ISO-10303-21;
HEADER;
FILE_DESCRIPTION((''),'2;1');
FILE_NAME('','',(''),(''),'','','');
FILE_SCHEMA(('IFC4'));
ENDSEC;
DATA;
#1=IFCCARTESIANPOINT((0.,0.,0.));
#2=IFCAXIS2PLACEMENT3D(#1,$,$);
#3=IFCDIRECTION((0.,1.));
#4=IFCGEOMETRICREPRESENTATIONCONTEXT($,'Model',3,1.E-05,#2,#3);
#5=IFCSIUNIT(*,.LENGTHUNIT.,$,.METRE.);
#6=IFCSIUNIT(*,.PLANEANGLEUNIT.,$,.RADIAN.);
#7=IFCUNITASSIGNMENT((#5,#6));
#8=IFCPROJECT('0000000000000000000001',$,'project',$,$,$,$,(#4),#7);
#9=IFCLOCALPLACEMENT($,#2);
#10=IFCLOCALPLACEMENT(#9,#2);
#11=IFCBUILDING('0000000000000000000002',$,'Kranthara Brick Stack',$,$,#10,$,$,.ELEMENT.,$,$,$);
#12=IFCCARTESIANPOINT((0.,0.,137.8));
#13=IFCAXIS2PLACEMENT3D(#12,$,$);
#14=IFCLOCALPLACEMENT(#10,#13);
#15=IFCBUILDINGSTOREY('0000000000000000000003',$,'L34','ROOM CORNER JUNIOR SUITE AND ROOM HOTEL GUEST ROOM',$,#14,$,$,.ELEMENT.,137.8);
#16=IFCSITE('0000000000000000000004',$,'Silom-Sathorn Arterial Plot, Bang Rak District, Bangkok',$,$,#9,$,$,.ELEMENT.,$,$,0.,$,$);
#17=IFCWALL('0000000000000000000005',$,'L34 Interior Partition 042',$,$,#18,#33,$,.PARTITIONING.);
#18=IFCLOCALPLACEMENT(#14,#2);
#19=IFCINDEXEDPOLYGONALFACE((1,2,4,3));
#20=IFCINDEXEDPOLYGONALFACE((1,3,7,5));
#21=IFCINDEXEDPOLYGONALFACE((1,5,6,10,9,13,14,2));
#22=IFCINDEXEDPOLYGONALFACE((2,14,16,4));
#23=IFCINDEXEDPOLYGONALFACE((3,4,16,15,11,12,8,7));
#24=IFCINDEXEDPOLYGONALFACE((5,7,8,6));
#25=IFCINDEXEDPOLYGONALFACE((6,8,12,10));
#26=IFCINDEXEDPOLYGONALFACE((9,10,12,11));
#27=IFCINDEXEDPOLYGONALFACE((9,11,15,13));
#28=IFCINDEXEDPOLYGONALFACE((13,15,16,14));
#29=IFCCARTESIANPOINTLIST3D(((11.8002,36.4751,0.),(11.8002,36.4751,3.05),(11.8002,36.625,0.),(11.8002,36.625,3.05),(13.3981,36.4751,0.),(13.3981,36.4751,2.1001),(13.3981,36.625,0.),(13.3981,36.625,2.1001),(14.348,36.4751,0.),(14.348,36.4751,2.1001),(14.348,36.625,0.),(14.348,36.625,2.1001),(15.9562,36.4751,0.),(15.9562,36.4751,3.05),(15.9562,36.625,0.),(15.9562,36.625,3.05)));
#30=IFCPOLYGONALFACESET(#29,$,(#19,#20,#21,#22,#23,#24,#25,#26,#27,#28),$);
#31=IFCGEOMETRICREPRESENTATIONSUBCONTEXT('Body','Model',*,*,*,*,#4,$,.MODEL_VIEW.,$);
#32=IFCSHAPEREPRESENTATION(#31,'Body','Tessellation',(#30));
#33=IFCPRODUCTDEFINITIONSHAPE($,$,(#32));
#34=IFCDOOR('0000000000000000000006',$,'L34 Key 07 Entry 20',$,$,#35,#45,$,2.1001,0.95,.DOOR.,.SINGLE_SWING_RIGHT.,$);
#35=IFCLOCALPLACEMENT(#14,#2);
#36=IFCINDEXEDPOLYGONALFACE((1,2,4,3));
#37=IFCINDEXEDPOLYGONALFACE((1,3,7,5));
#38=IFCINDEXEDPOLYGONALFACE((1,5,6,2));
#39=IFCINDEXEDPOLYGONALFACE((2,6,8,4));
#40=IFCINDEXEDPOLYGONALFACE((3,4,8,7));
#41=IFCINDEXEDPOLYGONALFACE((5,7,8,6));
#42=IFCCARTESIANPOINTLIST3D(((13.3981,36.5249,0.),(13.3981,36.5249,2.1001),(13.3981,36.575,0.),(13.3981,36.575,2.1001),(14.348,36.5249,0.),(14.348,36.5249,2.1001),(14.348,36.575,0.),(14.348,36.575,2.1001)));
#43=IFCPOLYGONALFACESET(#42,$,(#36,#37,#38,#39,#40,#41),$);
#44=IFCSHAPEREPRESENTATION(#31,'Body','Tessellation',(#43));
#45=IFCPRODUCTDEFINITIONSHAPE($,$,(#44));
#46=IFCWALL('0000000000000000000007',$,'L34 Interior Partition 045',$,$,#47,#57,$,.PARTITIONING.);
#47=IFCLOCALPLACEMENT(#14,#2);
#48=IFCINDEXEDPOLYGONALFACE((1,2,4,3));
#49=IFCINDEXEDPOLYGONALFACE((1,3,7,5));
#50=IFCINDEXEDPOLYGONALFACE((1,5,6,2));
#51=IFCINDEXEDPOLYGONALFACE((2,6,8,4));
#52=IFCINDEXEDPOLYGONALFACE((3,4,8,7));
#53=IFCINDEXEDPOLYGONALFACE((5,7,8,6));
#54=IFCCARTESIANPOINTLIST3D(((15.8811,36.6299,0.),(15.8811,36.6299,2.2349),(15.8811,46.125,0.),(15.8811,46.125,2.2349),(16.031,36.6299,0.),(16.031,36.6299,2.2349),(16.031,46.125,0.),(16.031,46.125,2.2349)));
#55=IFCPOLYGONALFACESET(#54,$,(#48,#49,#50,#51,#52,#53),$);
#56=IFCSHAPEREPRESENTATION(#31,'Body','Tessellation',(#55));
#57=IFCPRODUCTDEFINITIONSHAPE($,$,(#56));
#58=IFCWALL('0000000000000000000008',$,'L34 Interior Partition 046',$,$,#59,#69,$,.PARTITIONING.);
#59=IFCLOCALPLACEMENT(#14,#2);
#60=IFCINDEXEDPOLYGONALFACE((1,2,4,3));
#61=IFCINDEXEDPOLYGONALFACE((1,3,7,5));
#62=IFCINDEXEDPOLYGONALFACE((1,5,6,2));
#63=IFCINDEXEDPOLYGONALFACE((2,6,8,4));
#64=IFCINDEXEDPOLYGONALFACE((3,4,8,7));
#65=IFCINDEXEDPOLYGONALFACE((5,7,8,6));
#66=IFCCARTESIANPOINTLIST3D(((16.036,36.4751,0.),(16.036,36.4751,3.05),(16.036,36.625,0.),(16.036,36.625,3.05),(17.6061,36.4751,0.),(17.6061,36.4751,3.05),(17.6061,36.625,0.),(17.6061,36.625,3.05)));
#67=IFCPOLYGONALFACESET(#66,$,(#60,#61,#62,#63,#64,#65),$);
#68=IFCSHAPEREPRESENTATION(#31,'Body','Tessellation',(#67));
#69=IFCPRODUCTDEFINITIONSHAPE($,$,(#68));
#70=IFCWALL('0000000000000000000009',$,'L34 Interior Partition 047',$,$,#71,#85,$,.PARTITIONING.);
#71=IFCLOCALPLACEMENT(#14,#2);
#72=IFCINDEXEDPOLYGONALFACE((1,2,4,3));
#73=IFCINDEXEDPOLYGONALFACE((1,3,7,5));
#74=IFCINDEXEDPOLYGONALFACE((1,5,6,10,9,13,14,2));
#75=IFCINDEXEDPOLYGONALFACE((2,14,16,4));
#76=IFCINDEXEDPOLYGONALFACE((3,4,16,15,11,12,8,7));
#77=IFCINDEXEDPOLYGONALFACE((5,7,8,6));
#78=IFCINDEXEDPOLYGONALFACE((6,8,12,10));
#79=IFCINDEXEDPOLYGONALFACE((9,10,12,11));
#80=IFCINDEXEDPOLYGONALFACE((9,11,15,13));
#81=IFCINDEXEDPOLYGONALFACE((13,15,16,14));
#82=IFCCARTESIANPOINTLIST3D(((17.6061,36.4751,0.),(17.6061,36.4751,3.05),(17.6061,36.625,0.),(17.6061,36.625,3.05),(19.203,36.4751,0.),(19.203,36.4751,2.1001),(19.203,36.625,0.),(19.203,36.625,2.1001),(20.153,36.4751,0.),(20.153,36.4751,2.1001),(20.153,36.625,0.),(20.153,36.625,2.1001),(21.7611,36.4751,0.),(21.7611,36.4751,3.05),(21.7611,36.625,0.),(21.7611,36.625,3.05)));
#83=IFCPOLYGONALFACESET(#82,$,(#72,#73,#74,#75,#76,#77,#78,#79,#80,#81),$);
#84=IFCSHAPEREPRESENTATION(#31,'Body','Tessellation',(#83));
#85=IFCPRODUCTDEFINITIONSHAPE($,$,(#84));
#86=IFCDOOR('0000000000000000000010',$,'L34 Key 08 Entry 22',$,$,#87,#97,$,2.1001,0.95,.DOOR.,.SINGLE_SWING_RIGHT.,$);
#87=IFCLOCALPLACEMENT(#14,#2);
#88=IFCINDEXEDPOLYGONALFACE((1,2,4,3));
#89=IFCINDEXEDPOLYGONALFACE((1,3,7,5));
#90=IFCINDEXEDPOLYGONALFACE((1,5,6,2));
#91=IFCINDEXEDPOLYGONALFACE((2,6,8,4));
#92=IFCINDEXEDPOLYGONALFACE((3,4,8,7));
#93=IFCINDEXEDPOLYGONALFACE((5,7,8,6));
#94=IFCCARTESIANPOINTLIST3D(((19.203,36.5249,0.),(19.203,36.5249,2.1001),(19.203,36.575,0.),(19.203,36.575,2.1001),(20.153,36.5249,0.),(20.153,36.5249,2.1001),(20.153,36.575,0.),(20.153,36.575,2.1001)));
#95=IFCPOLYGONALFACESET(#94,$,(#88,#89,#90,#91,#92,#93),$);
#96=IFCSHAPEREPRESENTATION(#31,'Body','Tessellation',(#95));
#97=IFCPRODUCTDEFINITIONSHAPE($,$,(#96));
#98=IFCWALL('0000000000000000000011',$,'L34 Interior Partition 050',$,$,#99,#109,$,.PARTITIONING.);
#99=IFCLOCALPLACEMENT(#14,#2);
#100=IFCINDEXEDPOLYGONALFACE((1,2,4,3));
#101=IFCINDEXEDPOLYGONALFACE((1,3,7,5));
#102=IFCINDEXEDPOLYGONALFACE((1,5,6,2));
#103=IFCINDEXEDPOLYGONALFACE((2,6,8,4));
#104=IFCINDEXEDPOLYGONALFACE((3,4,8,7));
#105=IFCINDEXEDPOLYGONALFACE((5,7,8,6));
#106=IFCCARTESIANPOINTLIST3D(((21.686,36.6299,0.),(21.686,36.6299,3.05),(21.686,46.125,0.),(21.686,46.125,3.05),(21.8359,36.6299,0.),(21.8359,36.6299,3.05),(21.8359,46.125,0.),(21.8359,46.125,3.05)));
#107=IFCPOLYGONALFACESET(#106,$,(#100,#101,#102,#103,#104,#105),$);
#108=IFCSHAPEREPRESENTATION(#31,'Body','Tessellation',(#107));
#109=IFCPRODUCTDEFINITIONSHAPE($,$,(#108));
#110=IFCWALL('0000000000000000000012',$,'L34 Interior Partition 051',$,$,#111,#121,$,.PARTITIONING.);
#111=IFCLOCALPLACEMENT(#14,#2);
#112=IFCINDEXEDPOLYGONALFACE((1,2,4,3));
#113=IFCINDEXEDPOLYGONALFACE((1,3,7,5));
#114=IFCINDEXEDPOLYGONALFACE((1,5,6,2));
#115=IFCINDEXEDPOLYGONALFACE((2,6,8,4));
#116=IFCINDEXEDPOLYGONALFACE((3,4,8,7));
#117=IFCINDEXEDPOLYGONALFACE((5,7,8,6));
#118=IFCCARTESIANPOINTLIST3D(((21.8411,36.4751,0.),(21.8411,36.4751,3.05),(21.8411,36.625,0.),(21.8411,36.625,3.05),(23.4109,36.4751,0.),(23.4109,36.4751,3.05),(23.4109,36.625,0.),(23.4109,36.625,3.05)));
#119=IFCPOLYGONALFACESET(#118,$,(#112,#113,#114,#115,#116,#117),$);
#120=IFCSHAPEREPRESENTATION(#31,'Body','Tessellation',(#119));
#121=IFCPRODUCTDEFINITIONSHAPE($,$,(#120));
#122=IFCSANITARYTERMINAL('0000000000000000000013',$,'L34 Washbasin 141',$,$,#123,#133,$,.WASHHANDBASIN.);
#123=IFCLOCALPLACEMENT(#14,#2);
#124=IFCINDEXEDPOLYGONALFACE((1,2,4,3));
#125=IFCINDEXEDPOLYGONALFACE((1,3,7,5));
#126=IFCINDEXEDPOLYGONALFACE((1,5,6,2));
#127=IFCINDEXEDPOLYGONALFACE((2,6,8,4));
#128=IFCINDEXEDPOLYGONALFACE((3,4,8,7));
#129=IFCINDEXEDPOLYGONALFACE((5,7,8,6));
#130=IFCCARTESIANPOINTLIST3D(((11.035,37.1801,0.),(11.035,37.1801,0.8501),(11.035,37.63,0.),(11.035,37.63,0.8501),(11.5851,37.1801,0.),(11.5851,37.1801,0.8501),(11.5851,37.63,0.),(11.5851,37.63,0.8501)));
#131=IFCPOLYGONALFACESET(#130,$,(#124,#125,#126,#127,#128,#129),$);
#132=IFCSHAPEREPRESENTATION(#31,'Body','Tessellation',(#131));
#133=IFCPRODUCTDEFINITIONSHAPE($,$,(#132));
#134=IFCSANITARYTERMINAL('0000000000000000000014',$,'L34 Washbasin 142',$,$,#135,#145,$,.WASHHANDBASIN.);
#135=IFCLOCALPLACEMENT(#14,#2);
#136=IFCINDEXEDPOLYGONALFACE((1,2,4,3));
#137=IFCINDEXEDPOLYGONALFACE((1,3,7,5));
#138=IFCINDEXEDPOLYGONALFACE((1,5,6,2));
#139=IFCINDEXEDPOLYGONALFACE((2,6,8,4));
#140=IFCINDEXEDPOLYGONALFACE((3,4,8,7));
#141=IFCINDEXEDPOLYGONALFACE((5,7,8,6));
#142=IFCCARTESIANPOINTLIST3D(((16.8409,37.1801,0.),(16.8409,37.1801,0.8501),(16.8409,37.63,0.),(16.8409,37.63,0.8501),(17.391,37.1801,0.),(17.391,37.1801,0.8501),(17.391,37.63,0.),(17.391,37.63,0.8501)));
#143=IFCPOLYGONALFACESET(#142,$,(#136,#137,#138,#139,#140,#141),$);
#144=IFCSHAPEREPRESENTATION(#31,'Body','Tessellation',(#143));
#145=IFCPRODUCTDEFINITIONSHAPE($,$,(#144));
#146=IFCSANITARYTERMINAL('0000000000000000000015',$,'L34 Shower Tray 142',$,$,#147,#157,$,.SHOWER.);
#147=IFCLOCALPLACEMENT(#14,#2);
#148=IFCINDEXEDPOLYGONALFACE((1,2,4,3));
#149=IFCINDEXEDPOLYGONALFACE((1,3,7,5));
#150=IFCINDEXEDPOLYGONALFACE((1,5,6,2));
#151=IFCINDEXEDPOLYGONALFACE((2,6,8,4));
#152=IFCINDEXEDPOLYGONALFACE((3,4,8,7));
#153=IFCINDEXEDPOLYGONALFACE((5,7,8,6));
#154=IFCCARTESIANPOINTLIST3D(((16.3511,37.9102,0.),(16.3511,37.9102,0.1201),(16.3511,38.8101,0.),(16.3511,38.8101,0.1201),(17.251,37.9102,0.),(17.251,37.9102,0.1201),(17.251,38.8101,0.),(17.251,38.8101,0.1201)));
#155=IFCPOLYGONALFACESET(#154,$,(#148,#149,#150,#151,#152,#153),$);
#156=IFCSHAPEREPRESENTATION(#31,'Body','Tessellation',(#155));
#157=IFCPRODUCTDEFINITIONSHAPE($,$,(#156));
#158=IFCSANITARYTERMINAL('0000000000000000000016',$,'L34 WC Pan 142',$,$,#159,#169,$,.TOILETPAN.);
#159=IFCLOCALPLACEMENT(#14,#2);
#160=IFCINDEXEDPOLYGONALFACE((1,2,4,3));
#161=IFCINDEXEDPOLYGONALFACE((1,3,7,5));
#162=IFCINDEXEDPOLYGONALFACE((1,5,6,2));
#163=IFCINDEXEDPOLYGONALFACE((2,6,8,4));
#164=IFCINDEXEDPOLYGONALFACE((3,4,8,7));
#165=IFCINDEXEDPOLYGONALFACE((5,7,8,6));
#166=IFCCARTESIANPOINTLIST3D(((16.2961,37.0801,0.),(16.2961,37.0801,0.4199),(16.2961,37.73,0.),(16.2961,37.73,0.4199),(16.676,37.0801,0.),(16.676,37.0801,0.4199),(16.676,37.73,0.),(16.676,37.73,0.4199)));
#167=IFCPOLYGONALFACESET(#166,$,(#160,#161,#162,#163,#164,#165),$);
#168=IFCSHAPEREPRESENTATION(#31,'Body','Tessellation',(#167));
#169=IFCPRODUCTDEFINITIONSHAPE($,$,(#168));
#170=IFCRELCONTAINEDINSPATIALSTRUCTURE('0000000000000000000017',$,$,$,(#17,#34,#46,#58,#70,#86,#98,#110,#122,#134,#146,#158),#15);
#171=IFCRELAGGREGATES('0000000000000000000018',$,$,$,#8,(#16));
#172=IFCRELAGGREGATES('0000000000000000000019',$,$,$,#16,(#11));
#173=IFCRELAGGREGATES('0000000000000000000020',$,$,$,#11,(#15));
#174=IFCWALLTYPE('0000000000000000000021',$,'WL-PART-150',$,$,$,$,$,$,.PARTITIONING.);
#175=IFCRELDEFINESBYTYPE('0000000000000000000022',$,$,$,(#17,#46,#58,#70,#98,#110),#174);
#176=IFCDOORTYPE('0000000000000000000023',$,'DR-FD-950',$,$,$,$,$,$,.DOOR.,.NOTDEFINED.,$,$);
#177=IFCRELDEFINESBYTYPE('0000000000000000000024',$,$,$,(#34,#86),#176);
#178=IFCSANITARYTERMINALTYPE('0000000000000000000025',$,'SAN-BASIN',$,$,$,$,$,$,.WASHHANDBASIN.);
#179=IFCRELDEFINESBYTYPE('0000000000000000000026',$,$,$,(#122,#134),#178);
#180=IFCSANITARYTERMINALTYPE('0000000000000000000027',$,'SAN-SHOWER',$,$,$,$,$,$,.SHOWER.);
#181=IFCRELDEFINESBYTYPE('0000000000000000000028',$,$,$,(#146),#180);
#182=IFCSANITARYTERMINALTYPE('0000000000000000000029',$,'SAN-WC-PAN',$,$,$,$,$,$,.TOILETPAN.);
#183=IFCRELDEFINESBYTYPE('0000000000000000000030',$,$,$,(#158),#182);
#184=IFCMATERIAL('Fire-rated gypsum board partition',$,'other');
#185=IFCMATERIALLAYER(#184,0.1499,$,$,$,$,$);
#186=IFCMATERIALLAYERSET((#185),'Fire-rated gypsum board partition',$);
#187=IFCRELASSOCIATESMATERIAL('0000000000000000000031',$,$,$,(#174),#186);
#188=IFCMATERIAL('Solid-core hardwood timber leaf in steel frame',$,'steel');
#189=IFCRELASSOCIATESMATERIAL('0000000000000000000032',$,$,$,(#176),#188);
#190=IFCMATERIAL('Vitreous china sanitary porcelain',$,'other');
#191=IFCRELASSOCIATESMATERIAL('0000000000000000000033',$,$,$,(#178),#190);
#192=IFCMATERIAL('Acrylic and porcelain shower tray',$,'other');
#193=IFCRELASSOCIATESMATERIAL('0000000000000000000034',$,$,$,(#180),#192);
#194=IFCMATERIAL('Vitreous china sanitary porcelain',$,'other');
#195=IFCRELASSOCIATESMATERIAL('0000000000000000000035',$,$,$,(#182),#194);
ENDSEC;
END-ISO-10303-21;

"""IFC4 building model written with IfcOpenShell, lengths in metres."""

from ifc_helpers import new_model, si_unit, direction, frame, frame_2d, origin, origin_2d, place, context, subcontext, project, spatial, rectangle, extrude, material, layer, layer_set, type_object, element, fill, save


model = new_model("IFC4")

# Units and contexts
model_context = context("Model", 3, precision=1e-05, world=origin(), true_north=direction((0.0, 1.0)))
body_context = subcontext(model_context, "Body", "Model", "MODEL_VIEW")
ifc_project = project(units=[si_unit("LENGTHUNIT", "METRE"), si_unit("PLANEANGLEUNIT", "RADIAN")], contexts=[model_context])

# Site, building, storey
site_placement = place(None, origin())
site = spatial("IfcSite", under=ifc_project, at=site_placement, Name="Silom-Sathorn Arterial Plot, Bang Rak District, Bangkok", CompositionType="ELEMENT", RefElevation=0.0)
building_placement = place(site_placement, origin())
building = spatial("IfcBuilding", under=site, at=building_placement, Name="Kranthara Brick Stack", CompositionType="ELEMENT")
storey_placement = place(building_placement, frame((0.0, 0.0, 137.8)))
storey = spatial("IfcBuildingStorey", under=building, at=storey_placement, Name="L34", Description="ROOM CORNER JUNIOR SUITE AND ROOM HOTEL GUEST ROOM", CompositionType="ELEMENT", Elevation=137.8)

# Wall, opening, door
ifc_material_1 = material(Name="Fire-rated gypsum board partition", Category="other")
ifc_layer_1 = layer(ifc_material_1, 0.1499)
ifc_layer_set_1 = layer_set([ifc_layer_1], Name="Fire-rated gypsum board partition")
wall_type_1 = type_object("IfcWallType", Name="WL-PART-150", PredefinedType="PARTITIONING", material=ifc_layer_set_1)
wall_1_placement = place(storey_placement, frame((11.8, 36.55, 0.0), z_axis=(0.0, 0.0, 1.0), x_axis=(1.0, 0.0, 0.0)))
wall_1 = element("IfcWall", 1, at=wall_1_placement, inside=storey, type_object=wall_type_1, Name="L34 Interior Partition 042", PredefinedType="PARTITIONING", context=body_context, shape_type="SweptSolid", body=[
    extrude(rectangle(XDim=4.156, YDim=0.1499, at=frame_2d((2.0781, 0.0))), origin(), (0.0, 0.0, 1.0), 3.05),
])
opening_1_placement = place(wall_1_placement, frame((1.5979, 0.0, 0.0)))
opening_1 = element("IfcOpeningElement", 2, at=opening_1_placement, cuts=wall_1, PredefinedType="OPENING", context=body_context, shape_type="SweptSolid", body=[
    extrude(rectangle(XDim=0.95, YDim=2.1001, at=frame_2d((0.4751, 1.05))), frame((0.0, 0.085, 0.0), z_axis=(0.0, -1.0, 0.0), x_axis=(1.0, 0.0, 0.0)), (0.0, 0.0, 1.0), 0.1699),
])
ifc_material_2 = material(Name="Solid-core hardwood timber leaf in steel frame", Category="steel")
door_type_1 = type_object("IfcDoorType", Name="DR-FD-950", OperationType="NOTDEFINED", PredefinedType="DOOR", material=ifc_material_2)
door_1_placement = place(opening_1_placement, origin())
door_1 = element("IfcDoor", 3, at=door_1_placement, inside=storey, type_object=door_type_1, Name="L34 Key 07 Entry 20", OperationType="SINGLE_SWING_RIGHT", OverallHeight=2.1001, OverallWidth=0.95, PredefinedType="DOOR", context=body_context, shape_type="SweptSolid", body=[
    extrude(rectangle(XDim=0.95, YDim=2.1001, at=frame_2d((0.4751, 1.05))), frame((0.0, 0.0249, 0.0), z_axis=(0.0, -1.0, 0.0), x_axis=(1.0, 0.0, 0.0)), (0.0, 0.0, 1.0), 0.05),
])
fill(opening_1, door_1)

# Walls
wall_2_placement = place(storey_placement, frame((15.9561, 36.6299, 0.0), z_axis=(0.0, 0.0, 1.0), x_axis=(0.0, 1.0, 0.0)))
element("IfcWall", 4, at=wall_2_placement, inside=storey, type_object=wall_type_1, Name="L34 Interior Partition 045", PredefinedType="PARTITIONING", context=body_context, shape_type="SweptSolid", body=[
    extrude(rectangle(XDim=9.4951, YDim=0.1499, at=frame_2d((4.7476, 0.0))), origin(), (0.0, 0.0, 1.0), 2.2349),
])
wall_3_placement = place(storey_placement, frame((16.0359, 36.55, 0.0), z_axis=(0.0, 0.0, 1.0), x_axis=(1.0, 0.0, 0.0)))
element("IfcWall", 5, at=wall_3_placement, inside=storey, type_object=wall_type_1, Name="L34 Interior Partition 046", PredefinedType="PARTITIONING", context=body_context, shape_type="SweptSolid", body=[
    extrude(rectangle(XDim=1.5701, YDim=0.1499, at=frame_2d((0.7852, 0.0))), origin(), (0.0, 0.0, 1.0), 3.05),
])

# Wall, opening, door
wall_4_placement = place(storey_placement, frame((17.606, 36.55, 0.0), z_axis=(0.0, 0.0, 1.0), x_axis=(1.0, 0.0, 0.0)))
wall_4 = element("IfcWall", 6, at=wall_4_placement, inside=storey, type_object=wall_type_1, Name="L34 Interior Partition 047", PredefinedType="PARTITIONING", context=body_context, shape_type="SweptSolid", body=[
    extrude(rectangle(XDim=4.155, YDim=0.1499, at=frame_2d((2.0776, 0.0))), origin(), (0.0, 0.0, 1.0), 3.05),
])
opening_2_placement = place(wall_4_placement, frame((1.5969, 0.0, 0.0)))
opening_2 = element("IfcOpeningElement", 7, at=opening_2_placement, cuts=wall_4, PredefinedType="OPENING", context=body_context, shape_type="SweptSolid", body=[
    extrude(rectangle(XDim=0.95, YDim=2.1001, at=frame_2d((0.4751, 1.05))), frame((0.0, 0.085, 0.0), z_axis=(0.0, -1.0, 0.0), x_axis=(1.0, 0.0, 0.0)), (0.0, 0.0, 1.0), 0.1699),
])
door_2_placement = place(opening_2_placement, origin())
door_2 = element("IfcDoor", 8, at=door_2_placement, inside=storey, type_object=door_type_1, Name="L34 Key 08 Entry 22", OperationType="SINGLE_SWING_RIGHT", OverallHeight=2.1001, OverallWidth=0.95, PredefinedType="DOOR", context=body_context, shape_type="SweptSolid", body=[
    extrude(rectangle(XDim=0.95, YDim=2.1001, at=frame_2d((0.4751, 1.05))), frame((0.0, 0.0249, 0.0), z_axis=(0.0, -1.0, 0.0), x_axis=(1.0, 0.0, 0.0)), (0.0, 0.0, 1.0), 0.05),
])
fill(opening_2, door_2)

# Walls
wall_5_placement = place(storey_placement, frame((21.761, 36.6299, 0.0), z_axis=(0.0, 0.0, 1.0), x_axis=(0.0, 1.0, 0.0)))
element("IfcWall", 9, at=wall_5_placement, inside=storey, type_object=wall_type_1, Name="L34 Interior Partition 050", PredefinedType="PARTITIONING", context=body_context, shape_type="SweptSolid", body=[
    extrude(rectangle(XDim=9.4951, YDim=0.1499, at=frame_2d((4.7476, 0.0))), origin(), (0.0, 0.0, 1.0), 3.05),
])
wall_6_placement = place(storey_placement, frame((21.8411, 36.55, 0.0), z_axis=(0.0, 0.0, 1.0), x_axis=(1.0, 0.0, 0.0)))
element("IfcWall", 10, at=wall_6_placement, inside=storey, type_object=wall_type_1, Name="L34 Interior Partition 051", PredefinedType="PARTITIONING", context=body_context, shape_type="SweptSolid", body=[
    extrude(rectangle(XDim=1.5698, YDim=0.1499, at=frame_2d((0.7849, 0.0))), origin(), (0.0, 0.0, 1.0), 3.05),
])

# Sanitary terminals
ifc_material_3 = material(Name="Vitreous china sanitary porcelain", Category="other")
sanitary_terminal_type_1 = type_object("IfcSanitaryTerminalType", Name="SAN-BASIN", PredefinedType="WASHHANDBASIN", material=ifc_material_3)
for number, where, z_axis, x_axis, name in (
    (11, (11.3101, 37.405, 0.0), (0.0, 0.0, 1.0), (1.0, 0.0, 0.0), "L34 Washbasin 141"),
    (12, (17.116, 37.405, 0.0), (0.0, 0.0, 1.0), (1.0, 0.0, 0.0), "L34 Washbasin 142"),
):
    element("IfcSanitaryTerminal", number, at=place(storey_placement, frame(where, z_axis=z_axis, x_axis=x_axis)), inside=storey, type_object=sanitary_terminal_type_1, Name=name, PredefinedType="WASHHANDBASIN", context=body_context, shape_type="SweptSolid", body=[
        extrude(rectangle(XDim=0.55, YDim=0.45, at=origin_2d()), origin(), (0.0, 0.0, 1.0), 0.8501),
    ])
ifc_material_4 = material(Name="Acrylic and porcelain shower tray", Category="other")
sanitary_terminal_type_2 = type_object("IfcSanitaryTerminalType", Name="SAN-SHOWER", PredefinedType="SHOWER", material=ifc_material_4)
sanitary_terminal_1_placement = place(storey_placement, frame((16.801, 38.3601, 0.0), z_axis=(0.0, 0.0, 1.0), x_axis=(1.0, 0.0, 0.0)))
element("IfcSanitaryTerminal", 13, at=sanitary_terminal_1_placement, inside=storey, type_object=sanitary_terminal_type_2, Name="L34 Shower Tray 142", PredefinedType="SHOWER", context=body_context, shape_type="SweptSolid", body=[
    extrude(rectangle(XDim=0.8999, YDim=0.8999, at=origin_2d()), origin(), (0.0, 0.0, 1.0), 0.1201),
])
ifc_material_5 = material(Name="Vitreous china sanitary porcelain", Category="other")
sanitary_terminal_type_3 = type_object("IfcSanitaryTerminalType", Name="SAN-WC-PAN", PredefinedType="TOILETPAN", material=ifc_material_5)
sanitary_terminal_2_placement = place(storey_placement, frame((16.4861, 37.405, 0.0), z_axis=(0.0, 0.0, 1.0), x_axis=(1.0, 0.0, 0.0)))
element("IfcSanitaryTerminal", 14, at=sanitary_terminal_2_placement, inside=storey, type_object=sanitary_terminal_type_3, Name="L34 WC Pan 142", PredefinedType="TOILETPAN", context=body_context, shape_type="SweptSolid", body=[
    extrude(rectangle(XDim=0.3799, YDim=0.6499, at=origin_2d()), origin(), (0.0, 0.0, 1.0), 0.4199),
])

save(model, "model.ifc")
